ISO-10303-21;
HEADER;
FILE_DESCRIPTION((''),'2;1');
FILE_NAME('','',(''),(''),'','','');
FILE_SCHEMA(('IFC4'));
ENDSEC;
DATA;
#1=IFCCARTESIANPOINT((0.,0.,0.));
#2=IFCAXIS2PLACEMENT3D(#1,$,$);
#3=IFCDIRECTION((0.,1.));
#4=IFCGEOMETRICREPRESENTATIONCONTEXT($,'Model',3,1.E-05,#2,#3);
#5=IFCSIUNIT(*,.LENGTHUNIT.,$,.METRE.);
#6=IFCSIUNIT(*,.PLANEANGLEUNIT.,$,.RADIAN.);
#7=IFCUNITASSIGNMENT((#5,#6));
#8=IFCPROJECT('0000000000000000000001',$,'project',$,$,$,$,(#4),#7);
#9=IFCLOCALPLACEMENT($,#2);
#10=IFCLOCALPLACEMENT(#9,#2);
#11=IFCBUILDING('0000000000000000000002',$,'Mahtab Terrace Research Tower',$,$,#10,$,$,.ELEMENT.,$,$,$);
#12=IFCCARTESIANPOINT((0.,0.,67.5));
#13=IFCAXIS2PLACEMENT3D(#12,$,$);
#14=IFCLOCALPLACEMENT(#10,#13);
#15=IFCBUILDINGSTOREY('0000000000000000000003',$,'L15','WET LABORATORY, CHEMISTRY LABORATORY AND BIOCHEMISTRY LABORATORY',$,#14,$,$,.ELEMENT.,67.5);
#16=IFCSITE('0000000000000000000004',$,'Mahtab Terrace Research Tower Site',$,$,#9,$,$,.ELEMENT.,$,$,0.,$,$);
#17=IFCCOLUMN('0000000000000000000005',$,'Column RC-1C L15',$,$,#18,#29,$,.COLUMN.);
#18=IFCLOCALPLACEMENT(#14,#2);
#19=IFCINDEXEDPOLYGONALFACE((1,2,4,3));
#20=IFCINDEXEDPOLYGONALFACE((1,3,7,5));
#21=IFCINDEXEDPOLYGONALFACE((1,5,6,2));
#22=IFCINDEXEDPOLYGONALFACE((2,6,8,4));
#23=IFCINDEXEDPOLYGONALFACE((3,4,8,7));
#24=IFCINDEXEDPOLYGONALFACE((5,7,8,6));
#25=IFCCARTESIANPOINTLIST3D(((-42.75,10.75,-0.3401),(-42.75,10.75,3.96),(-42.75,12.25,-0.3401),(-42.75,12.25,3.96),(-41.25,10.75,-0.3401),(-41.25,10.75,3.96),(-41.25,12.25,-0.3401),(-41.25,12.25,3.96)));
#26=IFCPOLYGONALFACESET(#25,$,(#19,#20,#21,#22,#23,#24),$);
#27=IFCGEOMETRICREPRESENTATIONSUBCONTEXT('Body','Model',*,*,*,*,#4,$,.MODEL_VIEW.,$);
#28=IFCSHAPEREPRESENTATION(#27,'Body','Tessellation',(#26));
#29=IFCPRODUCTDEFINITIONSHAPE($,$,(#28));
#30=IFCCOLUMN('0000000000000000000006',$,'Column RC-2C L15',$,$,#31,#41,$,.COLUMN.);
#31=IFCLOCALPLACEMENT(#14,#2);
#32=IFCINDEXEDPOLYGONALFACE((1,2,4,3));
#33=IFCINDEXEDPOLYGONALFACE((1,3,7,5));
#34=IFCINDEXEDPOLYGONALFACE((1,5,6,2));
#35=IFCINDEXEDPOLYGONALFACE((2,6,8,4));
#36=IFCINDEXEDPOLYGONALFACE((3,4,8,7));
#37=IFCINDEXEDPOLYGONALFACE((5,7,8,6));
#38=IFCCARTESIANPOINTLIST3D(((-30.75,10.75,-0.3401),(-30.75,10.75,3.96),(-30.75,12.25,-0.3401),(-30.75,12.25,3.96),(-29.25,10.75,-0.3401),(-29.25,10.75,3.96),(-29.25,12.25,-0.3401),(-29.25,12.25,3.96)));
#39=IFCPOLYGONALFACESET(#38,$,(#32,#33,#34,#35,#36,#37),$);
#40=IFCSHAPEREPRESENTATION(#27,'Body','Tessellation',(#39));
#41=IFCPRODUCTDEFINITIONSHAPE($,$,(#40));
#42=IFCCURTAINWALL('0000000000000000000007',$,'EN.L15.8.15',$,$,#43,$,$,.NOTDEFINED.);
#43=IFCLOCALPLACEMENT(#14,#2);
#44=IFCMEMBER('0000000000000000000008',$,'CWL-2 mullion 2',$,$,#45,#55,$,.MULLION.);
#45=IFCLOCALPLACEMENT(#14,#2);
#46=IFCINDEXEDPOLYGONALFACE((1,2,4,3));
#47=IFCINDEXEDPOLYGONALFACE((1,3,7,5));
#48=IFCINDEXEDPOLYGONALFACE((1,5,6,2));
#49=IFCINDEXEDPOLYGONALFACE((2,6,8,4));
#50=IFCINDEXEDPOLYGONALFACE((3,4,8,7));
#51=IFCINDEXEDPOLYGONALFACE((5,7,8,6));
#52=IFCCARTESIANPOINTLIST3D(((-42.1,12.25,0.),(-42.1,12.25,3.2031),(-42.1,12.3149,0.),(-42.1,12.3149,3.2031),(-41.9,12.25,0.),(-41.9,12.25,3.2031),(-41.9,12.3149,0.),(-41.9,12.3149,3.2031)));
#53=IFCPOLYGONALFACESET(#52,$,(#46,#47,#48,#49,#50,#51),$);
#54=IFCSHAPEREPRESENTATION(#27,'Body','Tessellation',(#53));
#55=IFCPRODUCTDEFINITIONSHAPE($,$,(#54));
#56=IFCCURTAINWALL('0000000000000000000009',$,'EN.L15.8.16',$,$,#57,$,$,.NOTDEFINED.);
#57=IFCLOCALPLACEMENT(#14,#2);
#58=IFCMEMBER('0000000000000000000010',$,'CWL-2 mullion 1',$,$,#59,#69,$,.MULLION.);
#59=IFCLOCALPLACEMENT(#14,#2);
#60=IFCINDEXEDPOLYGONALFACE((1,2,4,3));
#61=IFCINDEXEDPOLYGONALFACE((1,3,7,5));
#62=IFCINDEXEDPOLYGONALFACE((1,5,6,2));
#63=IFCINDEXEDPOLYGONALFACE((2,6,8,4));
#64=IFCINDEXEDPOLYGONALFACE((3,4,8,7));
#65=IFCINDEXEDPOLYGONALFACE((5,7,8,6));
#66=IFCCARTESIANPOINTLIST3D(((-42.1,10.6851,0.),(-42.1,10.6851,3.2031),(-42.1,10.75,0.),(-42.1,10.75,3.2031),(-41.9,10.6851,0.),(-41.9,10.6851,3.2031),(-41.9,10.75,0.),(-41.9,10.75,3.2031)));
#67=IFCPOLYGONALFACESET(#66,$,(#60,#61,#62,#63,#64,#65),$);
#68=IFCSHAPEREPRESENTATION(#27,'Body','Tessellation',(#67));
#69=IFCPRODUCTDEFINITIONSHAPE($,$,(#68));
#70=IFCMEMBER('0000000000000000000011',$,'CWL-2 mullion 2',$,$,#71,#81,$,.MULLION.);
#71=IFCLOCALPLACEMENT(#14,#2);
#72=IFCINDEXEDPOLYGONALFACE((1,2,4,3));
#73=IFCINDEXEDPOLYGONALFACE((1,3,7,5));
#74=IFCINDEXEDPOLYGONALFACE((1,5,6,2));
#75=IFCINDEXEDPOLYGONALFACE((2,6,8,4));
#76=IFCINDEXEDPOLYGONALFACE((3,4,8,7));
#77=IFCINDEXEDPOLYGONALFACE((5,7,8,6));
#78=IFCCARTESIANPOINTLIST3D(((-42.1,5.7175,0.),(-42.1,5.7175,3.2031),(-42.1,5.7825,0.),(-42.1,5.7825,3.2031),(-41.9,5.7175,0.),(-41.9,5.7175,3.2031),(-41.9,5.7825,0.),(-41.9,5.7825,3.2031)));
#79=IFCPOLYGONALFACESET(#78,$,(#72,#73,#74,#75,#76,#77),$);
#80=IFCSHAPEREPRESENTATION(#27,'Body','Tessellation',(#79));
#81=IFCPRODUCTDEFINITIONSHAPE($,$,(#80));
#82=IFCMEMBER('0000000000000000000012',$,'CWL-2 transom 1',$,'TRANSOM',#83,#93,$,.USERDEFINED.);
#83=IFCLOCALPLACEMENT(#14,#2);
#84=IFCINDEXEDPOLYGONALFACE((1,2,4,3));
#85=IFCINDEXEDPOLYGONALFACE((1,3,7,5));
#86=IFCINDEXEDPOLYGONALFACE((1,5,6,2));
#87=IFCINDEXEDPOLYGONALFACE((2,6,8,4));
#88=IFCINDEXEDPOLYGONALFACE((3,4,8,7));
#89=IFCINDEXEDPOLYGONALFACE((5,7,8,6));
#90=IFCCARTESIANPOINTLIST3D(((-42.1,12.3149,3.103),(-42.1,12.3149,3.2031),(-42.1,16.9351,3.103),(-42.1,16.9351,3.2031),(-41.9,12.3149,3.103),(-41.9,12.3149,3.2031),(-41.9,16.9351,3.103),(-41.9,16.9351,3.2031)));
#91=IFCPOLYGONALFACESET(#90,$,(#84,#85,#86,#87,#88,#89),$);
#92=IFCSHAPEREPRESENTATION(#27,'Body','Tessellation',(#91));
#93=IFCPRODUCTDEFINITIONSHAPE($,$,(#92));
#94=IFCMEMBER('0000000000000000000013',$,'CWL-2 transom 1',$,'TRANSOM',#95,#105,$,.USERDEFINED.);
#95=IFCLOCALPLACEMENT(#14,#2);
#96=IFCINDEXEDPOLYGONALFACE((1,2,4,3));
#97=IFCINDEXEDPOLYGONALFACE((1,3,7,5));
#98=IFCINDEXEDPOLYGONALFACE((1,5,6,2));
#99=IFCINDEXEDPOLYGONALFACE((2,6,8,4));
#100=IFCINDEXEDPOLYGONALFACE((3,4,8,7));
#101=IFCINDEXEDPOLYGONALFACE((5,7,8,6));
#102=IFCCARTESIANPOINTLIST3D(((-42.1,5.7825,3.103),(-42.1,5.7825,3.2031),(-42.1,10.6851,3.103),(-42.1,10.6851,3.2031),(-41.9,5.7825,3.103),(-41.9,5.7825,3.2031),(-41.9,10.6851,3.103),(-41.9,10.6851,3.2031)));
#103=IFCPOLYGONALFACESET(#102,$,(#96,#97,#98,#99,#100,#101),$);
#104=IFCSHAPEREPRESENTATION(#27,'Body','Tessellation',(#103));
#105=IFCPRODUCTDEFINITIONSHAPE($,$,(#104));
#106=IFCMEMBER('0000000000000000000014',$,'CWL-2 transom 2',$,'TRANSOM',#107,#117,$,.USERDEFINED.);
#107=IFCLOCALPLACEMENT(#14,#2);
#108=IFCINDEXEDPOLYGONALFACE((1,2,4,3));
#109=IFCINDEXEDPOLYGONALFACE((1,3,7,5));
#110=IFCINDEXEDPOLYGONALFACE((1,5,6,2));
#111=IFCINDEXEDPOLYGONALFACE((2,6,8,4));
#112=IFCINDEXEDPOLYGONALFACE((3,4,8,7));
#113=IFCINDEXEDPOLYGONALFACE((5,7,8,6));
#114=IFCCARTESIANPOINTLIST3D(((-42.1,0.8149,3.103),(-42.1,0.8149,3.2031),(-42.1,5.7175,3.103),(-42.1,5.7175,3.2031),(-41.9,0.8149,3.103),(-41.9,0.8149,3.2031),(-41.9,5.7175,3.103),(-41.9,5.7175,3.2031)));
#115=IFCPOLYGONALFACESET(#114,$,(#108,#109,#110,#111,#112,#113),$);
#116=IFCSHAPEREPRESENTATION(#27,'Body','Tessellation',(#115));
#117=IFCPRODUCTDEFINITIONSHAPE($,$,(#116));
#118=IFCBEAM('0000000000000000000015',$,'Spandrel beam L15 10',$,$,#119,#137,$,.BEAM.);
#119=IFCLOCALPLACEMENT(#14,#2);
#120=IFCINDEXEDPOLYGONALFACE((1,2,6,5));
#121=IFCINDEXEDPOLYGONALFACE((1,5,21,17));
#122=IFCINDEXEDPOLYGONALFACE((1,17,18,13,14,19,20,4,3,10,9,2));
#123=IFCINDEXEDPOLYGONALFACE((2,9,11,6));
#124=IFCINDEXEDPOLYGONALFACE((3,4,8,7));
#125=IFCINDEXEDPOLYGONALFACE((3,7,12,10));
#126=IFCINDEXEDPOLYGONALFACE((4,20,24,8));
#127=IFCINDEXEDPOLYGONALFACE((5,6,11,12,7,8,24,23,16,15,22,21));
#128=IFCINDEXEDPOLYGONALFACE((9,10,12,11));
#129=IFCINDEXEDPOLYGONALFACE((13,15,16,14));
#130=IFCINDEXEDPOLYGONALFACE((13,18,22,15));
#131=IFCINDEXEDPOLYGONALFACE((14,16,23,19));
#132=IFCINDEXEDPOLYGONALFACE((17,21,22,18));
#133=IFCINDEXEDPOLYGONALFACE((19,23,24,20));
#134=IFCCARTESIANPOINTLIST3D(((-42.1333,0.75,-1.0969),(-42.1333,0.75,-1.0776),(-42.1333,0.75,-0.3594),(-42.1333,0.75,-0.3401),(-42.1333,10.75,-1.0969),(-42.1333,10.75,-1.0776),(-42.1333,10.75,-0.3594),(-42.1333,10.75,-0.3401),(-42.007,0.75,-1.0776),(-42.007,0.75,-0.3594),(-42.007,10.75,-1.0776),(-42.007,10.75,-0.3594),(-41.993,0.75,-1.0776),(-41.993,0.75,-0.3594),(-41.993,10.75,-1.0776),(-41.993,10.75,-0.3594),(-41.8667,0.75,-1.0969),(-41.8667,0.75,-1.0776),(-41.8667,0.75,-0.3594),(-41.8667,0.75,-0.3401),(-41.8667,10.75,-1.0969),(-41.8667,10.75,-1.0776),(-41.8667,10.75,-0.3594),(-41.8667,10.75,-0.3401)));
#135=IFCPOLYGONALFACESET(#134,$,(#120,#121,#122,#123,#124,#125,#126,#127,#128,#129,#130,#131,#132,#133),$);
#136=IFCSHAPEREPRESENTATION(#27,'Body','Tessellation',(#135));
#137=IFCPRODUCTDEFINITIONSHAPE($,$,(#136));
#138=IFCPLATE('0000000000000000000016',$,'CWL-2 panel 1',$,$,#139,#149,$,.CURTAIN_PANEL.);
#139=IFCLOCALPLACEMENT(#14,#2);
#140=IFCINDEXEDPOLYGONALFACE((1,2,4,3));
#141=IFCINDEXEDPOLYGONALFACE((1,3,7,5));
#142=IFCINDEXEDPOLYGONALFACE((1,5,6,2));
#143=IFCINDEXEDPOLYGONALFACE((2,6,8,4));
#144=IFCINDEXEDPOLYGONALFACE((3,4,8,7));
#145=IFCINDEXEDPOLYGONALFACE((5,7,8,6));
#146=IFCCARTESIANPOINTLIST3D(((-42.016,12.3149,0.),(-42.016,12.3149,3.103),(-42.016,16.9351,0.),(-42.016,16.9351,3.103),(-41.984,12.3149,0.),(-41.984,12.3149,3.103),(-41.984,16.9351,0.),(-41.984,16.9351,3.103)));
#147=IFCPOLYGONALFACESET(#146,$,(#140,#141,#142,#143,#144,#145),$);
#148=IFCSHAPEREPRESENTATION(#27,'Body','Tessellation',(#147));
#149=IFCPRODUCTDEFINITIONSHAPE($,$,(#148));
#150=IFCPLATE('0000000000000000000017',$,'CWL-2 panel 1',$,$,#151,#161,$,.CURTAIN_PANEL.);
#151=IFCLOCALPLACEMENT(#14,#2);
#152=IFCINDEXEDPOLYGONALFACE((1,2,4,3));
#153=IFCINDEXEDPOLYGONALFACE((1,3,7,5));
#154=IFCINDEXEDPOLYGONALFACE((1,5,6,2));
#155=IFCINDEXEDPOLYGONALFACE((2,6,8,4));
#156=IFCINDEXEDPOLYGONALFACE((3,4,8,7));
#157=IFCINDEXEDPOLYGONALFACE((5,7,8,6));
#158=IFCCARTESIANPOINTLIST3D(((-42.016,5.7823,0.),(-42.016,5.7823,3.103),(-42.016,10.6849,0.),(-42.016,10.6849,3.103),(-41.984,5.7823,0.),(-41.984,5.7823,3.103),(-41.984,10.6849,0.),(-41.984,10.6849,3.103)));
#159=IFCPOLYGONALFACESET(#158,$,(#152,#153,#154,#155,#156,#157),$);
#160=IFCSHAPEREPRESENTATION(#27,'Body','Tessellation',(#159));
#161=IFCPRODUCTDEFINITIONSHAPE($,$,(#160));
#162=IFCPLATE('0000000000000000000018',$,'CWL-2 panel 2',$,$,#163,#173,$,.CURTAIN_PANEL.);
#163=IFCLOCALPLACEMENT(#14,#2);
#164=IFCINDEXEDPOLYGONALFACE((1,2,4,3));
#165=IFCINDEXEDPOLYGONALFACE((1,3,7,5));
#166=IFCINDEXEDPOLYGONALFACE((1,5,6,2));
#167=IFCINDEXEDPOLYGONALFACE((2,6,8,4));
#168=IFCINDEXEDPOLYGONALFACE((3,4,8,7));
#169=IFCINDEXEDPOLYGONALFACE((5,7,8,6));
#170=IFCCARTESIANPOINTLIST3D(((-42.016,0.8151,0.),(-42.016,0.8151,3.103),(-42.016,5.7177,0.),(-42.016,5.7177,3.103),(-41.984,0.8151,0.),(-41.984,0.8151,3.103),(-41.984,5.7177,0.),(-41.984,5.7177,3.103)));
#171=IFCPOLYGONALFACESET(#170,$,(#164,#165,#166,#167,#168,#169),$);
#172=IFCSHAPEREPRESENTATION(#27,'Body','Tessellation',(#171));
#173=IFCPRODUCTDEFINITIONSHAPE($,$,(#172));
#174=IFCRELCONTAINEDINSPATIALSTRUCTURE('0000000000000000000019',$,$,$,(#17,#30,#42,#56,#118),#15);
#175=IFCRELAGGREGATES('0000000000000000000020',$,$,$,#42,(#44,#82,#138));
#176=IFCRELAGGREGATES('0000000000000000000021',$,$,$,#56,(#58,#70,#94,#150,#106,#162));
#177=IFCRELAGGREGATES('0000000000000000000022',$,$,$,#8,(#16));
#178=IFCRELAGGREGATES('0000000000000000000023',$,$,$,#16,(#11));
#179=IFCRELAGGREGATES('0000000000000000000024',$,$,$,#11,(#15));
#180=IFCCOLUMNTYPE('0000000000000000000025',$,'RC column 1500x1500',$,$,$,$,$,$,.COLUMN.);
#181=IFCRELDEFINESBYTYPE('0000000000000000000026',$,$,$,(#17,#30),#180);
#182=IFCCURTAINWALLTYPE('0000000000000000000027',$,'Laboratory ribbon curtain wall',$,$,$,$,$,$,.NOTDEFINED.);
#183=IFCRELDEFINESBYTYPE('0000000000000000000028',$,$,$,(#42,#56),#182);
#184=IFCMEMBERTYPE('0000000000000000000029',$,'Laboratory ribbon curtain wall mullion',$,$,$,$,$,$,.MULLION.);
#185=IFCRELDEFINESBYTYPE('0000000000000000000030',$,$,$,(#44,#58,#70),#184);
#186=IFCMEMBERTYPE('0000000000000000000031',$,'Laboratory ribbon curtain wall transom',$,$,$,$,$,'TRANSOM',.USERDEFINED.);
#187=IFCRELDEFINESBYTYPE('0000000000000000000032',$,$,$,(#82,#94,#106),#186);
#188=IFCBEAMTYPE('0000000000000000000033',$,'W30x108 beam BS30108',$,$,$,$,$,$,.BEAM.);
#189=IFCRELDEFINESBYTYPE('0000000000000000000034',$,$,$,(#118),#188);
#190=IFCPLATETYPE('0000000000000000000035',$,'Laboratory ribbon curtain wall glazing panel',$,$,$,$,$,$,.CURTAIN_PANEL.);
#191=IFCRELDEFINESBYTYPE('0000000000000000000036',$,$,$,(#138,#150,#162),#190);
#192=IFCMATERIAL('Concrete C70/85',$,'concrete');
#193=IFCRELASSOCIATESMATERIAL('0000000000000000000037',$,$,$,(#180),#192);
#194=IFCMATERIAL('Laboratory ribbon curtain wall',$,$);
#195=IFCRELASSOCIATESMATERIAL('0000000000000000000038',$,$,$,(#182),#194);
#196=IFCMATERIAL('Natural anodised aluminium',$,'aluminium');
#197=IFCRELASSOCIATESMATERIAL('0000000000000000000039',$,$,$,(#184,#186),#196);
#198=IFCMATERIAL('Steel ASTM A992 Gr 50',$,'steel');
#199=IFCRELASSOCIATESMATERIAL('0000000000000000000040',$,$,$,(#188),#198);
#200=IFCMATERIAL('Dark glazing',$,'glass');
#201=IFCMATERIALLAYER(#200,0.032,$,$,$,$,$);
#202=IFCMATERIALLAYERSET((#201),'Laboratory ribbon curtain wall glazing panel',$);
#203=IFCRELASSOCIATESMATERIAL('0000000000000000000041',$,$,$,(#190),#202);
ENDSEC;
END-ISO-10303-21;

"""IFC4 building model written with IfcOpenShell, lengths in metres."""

from ifc_helpers import new_model, si_unit, direction, frame, origin, origin_2d, place, context, subcontext, project, spatial, rectangle, i_section, extrude, material, layer, layer_set, material_profile, profile_set, type_object, element, aggregate, save


model = new_model("IFC4")

# Units and contexts
model_context = context("Model", 3, precision=1e-05, world=origin(), true_north=direction((0.0, 1.0)))
body_context = subcontext(model_context, "Body", "Model", "MODEL_VIEW")
ifc_project = project(units=[si_unit("LENGTHUNIT", "METRE"), si_unit("PLANEANGLEUNIT", "RADIAN")], contexts=[model_context])

# Site, building, storey
site_placement = place(None, origin())
site = spatial("IfcSite", under=ifc_project, at=site_placement, Name="Mahtab Terrace Research Tower Site", CompositionType="ELEMENT", RefElevation=0.0)
building_placement = place(site_placement, origin())
building = spatial("IfcBuilding", under=site, at=building_placement, Name="Mahtab Terrace Research Tower", CompositionType="ELEMENT")
storey_placement = place(building_placement, frame((0.0, 0.0, 67.5)))
storey = spatial("IfcBuildingStorey", under=building, at=storey_placement, Name="L15", Description="WET LABORATORY, CHEMISTRY LABORATORY AND BIOCHEMISTRY LABORATORY", CompositionType="ELEMENT", Elevation=67.5)

# Columns
ifc_material_1 = material(Name="Concrete C70/85", Category="concrete")
ifc_material_profile_1 = material_profile(ifc_material_1, rectangle(XDim=1.5, YDim=1.5, at=origin_2d()), Name="RC column 1500x1500")
ifc_profile_set_1 = profile_set([ifc_material_profile_1], Name="Concrete C70/85")
column_type = type_object("IfcColumnType", Name="RC column 1500x1500", PredefinedType="COLUMN", material=ifc_profile_set_1)
for number, where, z_axis, x_axis, name in (
    (1, (-42.0, 11.5, -0.3401), (0.0, 0.0, 1.0), (1.0, 0.0, 0.0), "Column RC-1C L15"),
    (2, (-30.0, 11.5, -0.3401), (0.0, 0.0, 1.0), (1.0, 0.0, 0.0), "Column RC-2C L15"),
):
    element("IfcColumn", number, at=place(storey_placement, frame(where, z_axis=z_axis, x_axis=x_axis)), inside=storey, type_object=column_type, Name=name, PredefinedType="COLUMN", context=body_context, shape_type="SweptSolid", body=[
        extrude(rectangle(XDim=1.5, YDim=1.5, at=origin_2d()), origin(), (0.0, 0.0, 1.0), 4.3),
    ])

# Curtain wall, member
ifc_material_2 = material(Name="Laboratory ribbon curtain wall")
curtain_wall_type = type_object("IfcCurtainWallType", Name="Laboratory ribbon curtain wall", PredefinedType="NOTDEFINED", material=ifc_material_2)
curtain_wall_1_placement = place(storey_placement, origin())
curtain_wall_1 = element("IfcCurtainWall", 3, at=curtain_wall_1_placement, inside=storey, type_object=curtain_wall_type, Name="EN.L15.8.15", PredefinedType="NOTDEFINED")
ifc_material_3 = material(Name="Natural anodised aluminium", Category="aluminium")
ifc_material_profile_2 = material_profile(ifc_material_3, rectangle(XDim=0.2, YDim=0.0649, at=origin_2d()), Name="MULLION 65x200")
ifc_profile_set_2 = profile_set([ifc_material_profile_2], Name="Natural anodised aluminium")
member_type_1 = type_object("IfcMemberType", Name="Laboratory ribbon curtain wall mullion", PredefinedType="MULLION", material=ifc_profile_set_2)
member_1_placement = place(storey_placement, frame((-42.0, 12.2825, 0.0), z_axis=(0.0, 0.0, 1.0), x_axis=(1.0, 0.0, 0.0)))
member_1 = element("IfcMember", 4, at=member_1_placement, type_object=member_type_1, Name="CWL-2 mullion 2", PredefinedType="MULLION", context=body_context, shape_type="SweptSolid", body=[
    extrude(rectangle(XDim=0.2, YDim=0.0649, at=origin_2d()), origin(), (0.0, 0.0, 1.0), 3.2031),
])

# Curtain wall, members
curtain_wall_2_placement = place(storey_placement, origin())
curtain_wall_2 = element("IfcCurtainWall", 5, at=curtain_wall_2_placement, inside=storey, type_object=curtain_wall_type, Name="EN.L15.8.16", PredefinedType="NOTDEFINED")
member_2_placement = place(storey_placement, frame((-42.0, 10.7175, 0.0), z_axis=(0.0, 0.0, 1.0), x_axis=(1.0, 0.0, 0.0)))
member_2 = element("IfcMember", 6, at=member_2_placement, type_object=member_type_1, Name="CWL-2 mullion 1", PredefinedType="MULLION", context=body_context, shape_type="SweptSolid", body=[
    extrude(rectangle(XDim=0.2, YDim=0.0649, at=origin_2d()), origin(), (0.0, 0.0, 1.0), 3.2031),
])
member_3_placement = place(storey_placement, frame((-42.0, 5.75, 0.0), z_axis=(0.0, 0.0, 1.0), x_axis=(1.0, 0.0, 0.0)))
member_3 = element("IfcMember", 7, at=member_3_placement, type_object=member_type_1, Name="CWL-2 mullion 2", PredefinedType="MULLION", context=body_context, shape_type="SweptSolid", body=[
    extrude(rectangle(XDim=0.2, YDim=0.0649, at=origin_2d()), origin(), (0.0, 0.0, 1.0), 3.2031),
])

# Members
ifc_material_profile_3 = material_profile(ifc_material_3, rectangle(XDim=0.2, YDim=0.1001, at=origin_2d()), Name="TRANSOM 100x200")
ifc_profile_set_3 = profile_set([ifc_material_profile_3], Name="Natural anodised aluminium")
member_type_2 = type_object("IfcMemberType", Name="Laboratory ribbon curtain wall transom", ElementType="TRANSOM", PredefinedType="USERDEFINED", material=ifc_profile_set_3)
member_4_placement = place(storey_placement, frame((-42.0, 16.9351, 3.1531), z_axis=(0.0, -1.0, 0.0), x_axis=(1.0, 0.0, 0.0)))
member_4 = element("IfcMember", 8, at=member_4_placement, type_object=member_type_2, Name="CWL-2 transom 1", ObjectType="TRANSOM", PredefinedType="USERDEFINED", context=body_context, shape_type="SweptSolid", body=[
    extrude(rectangle(XDim=0.2, YDim=0.1001, at=origin_2d()), origin(), (0.0, 0.0, 1.0), 4.6201),
])
member_5_placement = place(storey_placement, frame((-42.0, 10.6851, 3.1531), z_axis=(0.0, -1.0, 0.0), x_axis=(1.0, 0.0, 0.0)))
member_5 = element("IfcMember", 9, at=member_5_placement, type_object=member_type_2, Name="CWL-2 transom 1", ObjectType="TRANSOM", PredefinedType="USERDEFINED", context=body_context, shape_type="SweptSolid", body=[
    extrude(rectangle(XDim=0.2, YDim=0.1001, at=origin_2d()), origin(), (0.0, 0.0, 1.0), 4.9026),
])
member_6_placement = place(storey_placement, frame((-42.0, 5.7175, 3.1531), z_axis=(0.0, -1.0, 0.0), x_axis=(1.0, 0.0, 0.0)))
member_6 = element("IfcMember", 10, at=member_6_placement, type_object=member_type_2, Name="CWL-2 transom 2", ObjectType="TRANSOM", PredefinedType="USERDEFINED", context=body_context, shape_type="SweptSolid", body=[
    extrude(rectangle(XDim=0.2, YDim=0.1001, at=origin_2d()), origin(), (0.0, 0.0, 1.0), 4.9026),
])

# Beam
ifc_material_4 = material(Name="Steel ASTM A992 Gr 50", Category="steel")
ifc_material_profile_4 = material_profile(ifc_material_4, i_section(OverallWidth=0.2666, OverallDepth=0.7568, WebThickness=0.0139, FlangeThickness=0.0193, at=origin_2d()), Name="W30X108")
ifc_profile_set_4 = profile_set([ifc_material_profile_4], Name="Steel ASTM A992 Gr 50")
beam_type = type_object("IfcBeamType", Name="W30x108 beam BS30108", PredefinedType="BEAM", material=ifc_profile_set_4)
beam_placement = place(storey_placement, frame((-42.0, 10.75, -0.7185), z_axis=(0.0, -1.0, 0.0), x_axis=(1.0, 0.0, 0.0)))
element("IfcBeam", 11, at=beam_placement, inside=storey, type_object=beam_type, Name="Spandrel beam L15 10", PredefinedType="BEAM", context=body_context, shape_type="SweptSolid", body=[
    extrude(i_section(OverallWidth=0.2666, OverallDepth=0.7568, WebThickness=0.0139, FlangeThickness=0.0193, at=origin_2d()), origin(), (0.0, 0.0, 1.0), 10.0),
])

# Plates
ifc_material_5 = material(Name="Dark glazing", Category="glass")
ifc_layer_1 = layer(ifc_material_5, 0.032)
ifc_layer_set_1 = layer_set([ifc_layer_1], Name="Laboratory ribbon curtain wall glazing panel")
plate_type = type_object("IfcPlateType", Name="Laboratory ribbon curtain wall glazing panel", PredefinedType="CURTAIN_PANEL", material=ifc_layer_set_1)
plate_1_placement = place(storey_placement, frame((-42.0, 14.625, 0.0), z_axis=(0.0, 0.0, 1.0), x_axis=(0.0, -1.0, 0.0)))
plate_1 = element("IfcPlate", 12, at=plate_1_placement, type_object=plate_type, Name="CWL-2 panel 1", PredefinedType="CURTAIN_PANEL", context=body_context, shape_type="SweptSolid", body=[
    extrude(rectangle(XDim=4.6201, YDim=0.032, at=origin_2d()), origin(), (0.0, 0.0, 1.0), 3.103),
])
aggregate(curtain_wall_1, [member_1, member_4, plate_1])
plate_2_placement = place(storey_placement, frame((-42.0, 8.2336, 0.0), z_axis=(0.0, 0.0, 1.0), x_axis=(0.0, -1.0, 0.0)))
plate_2 = element("IfcPlate", 13, at=plate_2_placement, type_object=plate_type, Name="CWL-2 panel 1", PredefinedType="CURTAIN_PANEL", context=body_context, shape_type="SweptSolid", body=[
    extrude(rectangle(XDim=4.9026, YDim=0.032, at=origin_2d()), origin(), (0.0, 0.0, 1.0), 3.103),
])
plate_3_placement = place(storey_placement, frame((-42.0, 3.2664, 0.0), z_axis=(0.0, 0.0, 1.0), x_axis=(0.0, -1.0, 0.0)))
plate_3 = element("IfcPlate", 14, at=plate_3_placement, type_object=plate_type, Name="CWL-2 panel 2", PredefinedType="CURTAIN_PANEL", context=body_context, shape_type="SweptSolid", body=[
    extrude(rectangle(XDim=4.9026, YDim=0.032, at=origin_2d()), origin(), (0.0, 0.0, 1.0), 3.103),
])
aggregate(curtain_wall_2, [member_2, member_3, member_5, plate_2, member_6, plate_3])

save(model, "model.ifc")
